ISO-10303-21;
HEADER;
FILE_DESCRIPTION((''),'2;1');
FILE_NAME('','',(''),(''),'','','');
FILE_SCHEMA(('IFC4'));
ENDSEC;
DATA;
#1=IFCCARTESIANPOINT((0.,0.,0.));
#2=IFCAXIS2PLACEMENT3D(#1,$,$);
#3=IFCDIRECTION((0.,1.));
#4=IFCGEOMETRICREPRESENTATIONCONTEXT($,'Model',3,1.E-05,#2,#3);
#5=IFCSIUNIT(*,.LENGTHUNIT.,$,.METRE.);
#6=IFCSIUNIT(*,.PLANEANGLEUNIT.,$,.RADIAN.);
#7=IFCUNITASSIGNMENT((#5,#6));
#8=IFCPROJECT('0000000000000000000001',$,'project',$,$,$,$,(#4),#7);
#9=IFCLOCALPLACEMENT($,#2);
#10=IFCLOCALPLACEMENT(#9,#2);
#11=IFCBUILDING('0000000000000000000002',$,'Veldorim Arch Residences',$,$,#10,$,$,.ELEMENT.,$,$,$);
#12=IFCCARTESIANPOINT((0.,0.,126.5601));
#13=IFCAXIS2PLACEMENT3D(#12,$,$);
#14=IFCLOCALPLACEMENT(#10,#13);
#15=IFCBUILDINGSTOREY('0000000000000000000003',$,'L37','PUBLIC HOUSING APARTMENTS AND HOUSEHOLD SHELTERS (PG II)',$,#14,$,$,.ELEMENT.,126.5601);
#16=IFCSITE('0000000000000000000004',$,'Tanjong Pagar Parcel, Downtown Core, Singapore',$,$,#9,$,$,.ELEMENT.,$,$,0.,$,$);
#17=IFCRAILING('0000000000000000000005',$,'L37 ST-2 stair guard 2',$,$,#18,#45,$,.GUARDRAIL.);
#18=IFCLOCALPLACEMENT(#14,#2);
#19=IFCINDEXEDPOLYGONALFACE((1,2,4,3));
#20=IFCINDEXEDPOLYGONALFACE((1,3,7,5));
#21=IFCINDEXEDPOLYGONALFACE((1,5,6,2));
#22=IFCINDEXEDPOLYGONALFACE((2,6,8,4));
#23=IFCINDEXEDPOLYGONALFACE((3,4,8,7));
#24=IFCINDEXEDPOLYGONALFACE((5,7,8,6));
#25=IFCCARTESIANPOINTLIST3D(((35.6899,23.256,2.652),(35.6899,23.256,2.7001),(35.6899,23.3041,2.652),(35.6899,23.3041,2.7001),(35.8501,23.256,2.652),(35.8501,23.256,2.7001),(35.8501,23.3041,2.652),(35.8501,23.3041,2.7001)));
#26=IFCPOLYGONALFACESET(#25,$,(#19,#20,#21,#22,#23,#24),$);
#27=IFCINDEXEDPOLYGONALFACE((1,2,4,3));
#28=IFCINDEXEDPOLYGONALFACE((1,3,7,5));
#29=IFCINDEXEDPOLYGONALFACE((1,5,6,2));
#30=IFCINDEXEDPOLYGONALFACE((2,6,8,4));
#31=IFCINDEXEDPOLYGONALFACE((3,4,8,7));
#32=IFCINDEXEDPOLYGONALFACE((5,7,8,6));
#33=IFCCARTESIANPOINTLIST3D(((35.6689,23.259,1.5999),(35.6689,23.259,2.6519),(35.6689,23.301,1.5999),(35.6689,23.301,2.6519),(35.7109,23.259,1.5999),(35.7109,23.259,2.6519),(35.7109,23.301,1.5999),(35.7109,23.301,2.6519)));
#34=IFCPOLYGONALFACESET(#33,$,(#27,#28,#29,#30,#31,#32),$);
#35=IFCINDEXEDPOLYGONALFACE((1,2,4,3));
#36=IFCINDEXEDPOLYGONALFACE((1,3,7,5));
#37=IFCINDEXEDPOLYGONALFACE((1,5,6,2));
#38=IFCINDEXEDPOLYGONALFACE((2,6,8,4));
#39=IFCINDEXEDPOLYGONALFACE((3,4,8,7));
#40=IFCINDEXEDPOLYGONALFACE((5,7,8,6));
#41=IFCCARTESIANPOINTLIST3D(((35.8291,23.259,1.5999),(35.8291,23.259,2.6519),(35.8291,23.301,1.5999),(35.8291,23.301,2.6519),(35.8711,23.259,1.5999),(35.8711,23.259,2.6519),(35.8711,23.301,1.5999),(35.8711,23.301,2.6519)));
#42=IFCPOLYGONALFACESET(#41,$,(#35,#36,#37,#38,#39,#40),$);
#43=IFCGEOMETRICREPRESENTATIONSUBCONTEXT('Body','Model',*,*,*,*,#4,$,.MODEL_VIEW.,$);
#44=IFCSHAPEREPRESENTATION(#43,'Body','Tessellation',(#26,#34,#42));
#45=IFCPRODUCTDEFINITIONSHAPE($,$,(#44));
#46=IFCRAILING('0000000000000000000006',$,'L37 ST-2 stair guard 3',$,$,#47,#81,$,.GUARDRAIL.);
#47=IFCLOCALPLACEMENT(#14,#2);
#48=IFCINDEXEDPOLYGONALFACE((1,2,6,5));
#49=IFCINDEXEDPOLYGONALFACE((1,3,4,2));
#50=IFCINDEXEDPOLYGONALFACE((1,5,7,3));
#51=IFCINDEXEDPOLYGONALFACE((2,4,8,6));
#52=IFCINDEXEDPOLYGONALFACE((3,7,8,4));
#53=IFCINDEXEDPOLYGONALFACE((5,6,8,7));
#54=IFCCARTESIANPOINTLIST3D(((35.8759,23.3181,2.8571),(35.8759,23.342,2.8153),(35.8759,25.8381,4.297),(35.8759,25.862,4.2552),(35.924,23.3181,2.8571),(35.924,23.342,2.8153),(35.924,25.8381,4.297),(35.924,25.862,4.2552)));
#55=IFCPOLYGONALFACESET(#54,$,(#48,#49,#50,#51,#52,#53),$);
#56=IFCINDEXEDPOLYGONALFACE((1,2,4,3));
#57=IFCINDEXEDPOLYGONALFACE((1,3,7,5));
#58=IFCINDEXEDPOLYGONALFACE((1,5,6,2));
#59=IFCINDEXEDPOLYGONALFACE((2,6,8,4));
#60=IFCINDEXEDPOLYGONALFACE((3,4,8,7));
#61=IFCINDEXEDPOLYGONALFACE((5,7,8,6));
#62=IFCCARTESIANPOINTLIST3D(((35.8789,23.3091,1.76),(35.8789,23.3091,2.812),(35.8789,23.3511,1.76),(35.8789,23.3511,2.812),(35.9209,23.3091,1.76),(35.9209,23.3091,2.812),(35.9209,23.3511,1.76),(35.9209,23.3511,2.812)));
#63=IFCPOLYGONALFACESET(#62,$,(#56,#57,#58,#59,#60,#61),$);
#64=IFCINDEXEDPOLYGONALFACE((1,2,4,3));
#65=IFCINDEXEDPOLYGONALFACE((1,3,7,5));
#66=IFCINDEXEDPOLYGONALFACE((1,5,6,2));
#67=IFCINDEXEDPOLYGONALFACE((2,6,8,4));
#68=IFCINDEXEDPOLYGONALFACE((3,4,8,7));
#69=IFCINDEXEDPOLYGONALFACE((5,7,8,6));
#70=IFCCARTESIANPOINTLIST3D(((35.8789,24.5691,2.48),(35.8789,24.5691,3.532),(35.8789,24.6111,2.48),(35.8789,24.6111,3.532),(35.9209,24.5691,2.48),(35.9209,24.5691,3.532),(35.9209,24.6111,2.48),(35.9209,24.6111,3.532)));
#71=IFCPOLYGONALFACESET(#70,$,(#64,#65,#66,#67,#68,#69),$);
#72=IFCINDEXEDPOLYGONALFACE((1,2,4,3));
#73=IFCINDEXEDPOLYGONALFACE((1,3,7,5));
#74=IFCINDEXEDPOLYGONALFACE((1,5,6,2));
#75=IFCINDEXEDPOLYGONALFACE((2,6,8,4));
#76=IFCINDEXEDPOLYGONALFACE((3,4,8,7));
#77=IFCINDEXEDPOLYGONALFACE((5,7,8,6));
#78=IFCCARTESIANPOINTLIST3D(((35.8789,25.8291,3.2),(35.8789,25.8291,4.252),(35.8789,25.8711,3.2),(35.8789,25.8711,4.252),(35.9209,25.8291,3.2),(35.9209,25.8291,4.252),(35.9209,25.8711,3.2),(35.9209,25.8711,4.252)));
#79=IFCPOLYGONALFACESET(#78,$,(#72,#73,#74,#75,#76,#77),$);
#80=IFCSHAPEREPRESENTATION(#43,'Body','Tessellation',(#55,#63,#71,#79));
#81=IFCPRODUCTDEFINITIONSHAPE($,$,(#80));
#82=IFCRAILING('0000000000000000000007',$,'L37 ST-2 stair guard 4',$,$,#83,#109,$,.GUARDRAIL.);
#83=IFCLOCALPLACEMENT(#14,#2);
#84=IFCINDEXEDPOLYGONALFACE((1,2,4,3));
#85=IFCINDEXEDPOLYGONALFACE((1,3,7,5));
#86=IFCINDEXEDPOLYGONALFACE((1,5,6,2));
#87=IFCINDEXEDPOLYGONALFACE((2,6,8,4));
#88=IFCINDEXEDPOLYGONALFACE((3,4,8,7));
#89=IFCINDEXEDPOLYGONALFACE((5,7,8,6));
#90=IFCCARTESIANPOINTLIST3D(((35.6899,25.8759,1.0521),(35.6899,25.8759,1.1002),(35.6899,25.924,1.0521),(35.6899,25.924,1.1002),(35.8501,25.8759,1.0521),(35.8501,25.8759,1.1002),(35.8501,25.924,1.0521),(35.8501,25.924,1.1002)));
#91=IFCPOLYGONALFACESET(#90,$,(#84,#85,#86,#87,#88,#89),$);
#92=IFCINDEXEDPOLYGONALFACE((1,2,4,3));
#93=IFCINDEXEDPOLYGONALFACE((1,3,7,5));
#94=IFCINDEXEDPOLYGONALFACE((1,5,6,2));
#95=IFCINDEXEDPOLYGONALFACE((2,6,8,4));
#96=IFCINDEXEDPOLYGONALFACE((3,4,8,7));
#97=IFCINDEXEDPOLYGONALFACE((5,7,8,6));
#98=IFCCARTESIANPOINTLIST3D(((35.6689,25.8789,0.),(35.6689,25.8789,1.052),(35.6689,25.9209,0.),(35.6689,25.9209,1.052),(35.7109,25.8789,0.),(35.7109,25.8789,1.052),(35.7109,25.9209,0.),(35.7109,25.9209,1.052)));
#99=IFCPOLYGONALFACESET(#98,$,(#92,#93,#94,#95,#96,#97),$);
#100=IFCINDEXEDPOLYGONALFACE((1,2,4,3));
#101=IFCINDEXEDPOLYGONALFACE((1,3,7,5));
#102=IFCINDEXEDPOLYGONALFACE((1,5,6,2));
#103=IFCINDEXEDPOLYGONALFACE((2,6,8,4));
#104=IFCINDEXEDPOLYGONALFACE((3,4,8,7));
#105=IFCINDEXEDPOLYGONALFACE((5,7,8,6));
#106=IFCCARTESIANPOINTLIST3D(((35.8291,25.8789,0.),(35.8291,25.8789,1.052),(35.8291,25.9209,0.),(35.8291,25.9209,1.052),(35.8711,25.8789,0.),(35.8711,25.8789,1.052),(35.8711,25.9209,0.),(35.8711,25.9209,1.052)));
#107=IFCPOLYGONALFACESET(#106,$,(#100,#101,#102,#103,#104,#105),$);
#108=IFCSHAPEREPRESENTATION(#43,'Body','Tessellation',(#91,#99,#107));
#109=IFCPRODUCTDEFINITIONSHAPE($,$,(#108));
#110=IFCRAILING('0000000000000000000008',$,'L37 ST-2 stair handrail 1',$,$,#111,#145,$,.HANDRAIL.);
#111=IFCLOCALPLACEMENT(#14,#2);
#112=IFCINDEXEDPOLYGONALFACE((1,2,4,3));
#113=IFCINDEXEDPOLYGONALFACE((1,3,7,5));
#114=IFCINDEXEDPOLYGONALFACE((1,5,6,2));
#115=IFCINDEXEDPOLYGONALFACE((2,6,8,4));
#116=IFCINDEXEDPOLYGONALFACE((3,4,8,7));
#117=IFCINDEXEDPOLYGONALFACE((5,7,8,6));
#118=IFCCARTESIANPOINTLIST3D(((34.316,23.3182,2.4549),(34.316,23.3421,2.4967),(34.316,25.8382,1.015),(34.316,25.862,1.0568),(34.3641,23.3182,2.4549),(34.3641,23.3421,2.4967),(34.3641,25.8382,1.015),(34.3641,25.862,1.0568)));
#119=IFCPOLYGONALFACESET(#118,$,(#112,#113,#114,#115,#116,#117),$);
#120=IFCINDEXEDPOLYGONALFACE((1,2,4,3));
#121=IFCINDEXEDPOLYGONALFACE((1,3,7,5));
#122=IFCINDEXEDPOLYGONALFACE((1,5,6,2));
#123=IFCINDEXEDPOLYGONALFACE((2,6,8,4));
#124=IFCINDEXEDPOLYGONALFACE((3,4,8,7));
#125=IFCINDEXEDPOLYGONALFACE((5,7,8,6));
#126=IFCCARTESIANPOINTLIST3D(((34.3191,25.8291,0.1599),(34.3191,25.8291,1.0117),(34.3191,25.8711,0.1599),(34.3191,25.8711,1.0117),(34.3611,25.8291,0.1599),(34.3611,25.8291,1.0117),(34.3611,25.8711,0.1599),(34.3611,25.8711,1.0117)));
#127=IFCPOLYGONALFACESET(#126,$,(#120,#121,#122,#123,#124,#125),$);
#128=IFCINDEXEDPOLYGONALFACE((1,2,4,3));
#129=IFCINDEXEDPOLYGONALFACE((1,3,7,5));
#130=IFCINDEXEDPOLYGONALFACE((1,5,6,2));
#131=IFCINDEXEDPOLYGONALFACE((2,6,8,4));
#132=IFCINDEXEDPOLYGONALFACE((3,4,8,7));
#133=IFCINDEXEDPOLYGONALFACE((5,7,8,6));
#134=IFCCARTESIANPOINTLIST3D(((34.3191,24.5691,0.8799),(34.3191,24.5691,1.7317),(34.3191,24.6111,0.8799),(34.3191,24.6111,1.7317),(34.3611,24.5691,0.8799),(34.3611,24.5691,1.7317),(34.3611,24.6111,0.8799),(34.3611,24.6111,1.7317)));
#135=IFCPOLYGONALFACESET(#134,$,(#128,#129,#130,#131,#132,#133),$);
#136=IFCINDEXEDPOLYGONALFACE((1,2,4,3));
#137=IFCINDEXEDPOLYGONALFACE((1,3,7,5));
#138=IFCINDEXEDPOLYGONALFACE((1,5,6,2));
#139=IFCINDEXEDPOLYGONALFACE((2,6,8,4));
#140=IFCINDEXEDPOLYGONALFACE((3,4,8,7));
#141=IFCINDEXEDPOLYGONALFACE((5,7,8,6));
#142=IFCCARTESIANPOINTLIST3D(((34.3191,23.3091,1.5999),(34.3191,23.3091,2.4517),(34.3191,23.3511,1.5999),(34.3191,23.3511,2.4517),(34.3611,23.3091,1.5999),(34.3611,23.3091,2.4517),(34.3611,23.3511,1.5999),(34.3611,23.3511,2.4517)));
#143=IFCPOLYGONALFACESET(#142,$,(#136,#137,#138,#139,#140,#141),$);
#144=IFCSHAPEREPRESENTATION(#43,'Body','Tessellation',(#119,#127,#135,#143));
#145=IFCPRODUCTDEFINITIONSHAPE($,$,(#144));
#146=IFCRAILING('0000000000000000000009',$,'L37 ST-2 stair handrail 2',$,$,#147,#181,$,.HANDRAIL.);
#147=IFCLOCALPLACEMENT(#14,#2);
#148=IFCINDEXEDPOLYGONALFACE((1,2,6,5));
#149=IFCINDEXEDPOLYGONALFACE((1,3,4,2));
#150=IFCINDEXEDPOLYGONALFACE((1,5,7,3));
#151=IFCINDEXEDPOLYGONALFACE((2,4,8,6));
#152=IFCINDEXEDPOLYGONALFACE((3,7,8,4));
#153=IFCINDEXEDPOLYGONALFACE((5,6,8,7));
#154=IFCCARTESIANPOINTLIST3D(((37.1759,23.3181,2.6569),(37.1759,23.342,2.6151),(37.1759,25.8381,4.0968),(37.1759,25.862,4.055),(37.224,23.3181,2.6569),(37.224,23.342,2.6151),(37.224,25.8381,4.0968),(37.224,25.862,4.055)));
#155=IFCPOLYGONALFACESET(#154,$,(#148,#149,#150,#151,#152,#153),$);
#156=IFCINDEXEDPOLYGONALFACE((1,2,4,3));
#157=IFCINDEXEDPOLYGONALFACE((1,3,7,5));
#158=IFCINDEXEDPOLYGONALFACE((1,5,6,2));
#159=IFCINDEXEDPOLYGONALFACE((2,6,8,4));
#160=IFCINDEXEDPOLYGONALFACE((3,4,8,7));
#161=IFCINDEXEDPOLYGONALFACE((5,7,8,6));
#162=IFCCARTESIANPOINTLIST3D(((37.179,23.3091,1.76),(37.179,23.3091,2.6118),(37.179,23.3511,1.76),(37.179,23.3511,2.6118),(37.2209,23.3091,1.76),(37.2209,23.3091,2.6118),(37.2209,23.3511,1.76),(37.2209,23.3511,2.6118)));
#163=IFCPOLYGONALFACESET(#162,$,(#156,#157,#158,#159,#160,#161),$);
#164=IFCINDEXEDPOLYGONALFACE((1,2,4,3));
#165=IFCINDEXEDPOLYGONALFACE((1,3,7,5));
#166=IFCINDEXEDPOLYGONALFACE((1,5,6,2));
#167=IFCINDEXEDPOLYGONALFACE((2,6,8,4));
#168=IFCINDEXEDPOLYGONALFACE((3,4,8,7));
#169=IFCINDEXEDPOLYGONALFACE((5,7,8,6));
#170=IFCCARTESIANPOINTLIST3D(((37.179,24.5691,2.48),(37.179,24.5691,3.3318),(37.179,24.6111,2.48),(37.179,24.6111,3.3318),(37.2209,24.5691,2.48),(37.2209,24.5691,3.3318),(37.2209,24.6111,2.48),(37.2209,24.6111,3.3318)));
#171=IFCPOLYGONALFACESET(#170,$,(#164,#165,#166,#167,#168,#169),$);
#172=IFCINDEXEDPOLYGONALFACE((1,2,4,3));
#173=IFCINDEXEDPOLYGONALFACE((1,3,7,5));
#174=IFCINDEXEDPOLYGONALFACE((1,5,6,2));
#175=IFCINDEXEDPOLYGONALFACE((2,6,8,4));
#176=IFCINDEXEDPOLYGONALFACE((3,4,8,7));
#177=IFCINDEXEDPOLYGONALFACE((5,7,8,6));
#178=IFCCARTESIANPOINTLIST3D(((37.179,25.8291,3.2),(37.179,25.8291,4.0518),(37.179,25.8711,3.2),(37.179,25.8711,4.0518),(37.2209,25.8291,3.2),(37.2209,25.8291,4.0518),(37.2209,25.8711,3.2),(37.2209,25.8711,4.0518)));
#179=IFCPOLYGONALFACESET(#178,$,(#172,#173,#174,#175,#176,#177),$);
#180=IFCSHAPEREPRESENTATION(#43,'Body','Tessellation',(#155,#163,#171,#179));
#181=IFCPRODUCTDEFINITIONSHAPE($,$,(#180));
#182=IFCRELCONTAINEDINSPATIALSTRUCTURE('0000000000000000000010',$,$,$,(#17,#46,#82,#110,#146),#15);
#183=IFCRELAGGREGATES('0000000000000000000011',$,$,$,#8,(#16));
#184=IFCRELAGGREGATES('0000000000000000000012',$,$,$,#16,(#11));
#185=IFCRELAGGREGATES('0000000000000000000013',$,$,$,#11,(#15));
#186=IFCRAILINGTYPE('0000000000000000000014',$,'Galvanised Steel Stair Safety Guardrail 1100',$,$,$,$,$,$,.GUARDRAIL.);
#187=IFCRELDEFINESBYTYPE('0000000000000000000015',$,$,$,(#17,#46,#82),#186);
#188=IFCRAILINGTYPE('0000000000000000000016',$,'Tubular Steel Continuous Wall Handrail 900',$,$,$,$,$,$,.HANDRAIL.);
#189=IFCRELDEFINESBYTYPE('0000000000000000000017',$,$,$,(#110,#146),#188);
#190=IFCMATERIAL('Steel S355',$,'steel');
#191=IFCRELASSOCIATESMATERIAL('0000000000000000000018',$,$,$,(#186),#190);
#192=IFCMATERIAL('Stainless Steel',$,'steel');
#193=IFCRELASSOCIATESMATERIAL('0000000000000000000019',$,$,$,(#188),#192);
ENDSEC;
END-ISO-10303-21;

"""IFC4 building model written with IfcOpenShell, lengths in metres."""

from ifc_helpers import new_model, si_unit, direction, frame, origin, origin_2d, place, context, subcontext, project, spatial, rectangle, extrude, material, type_object, element, save


model = new_model("IFC4")

# Units and contexts
model_context = context("Model", 3, precision=1e-05, world=origin(), true_north=direction((0.0, 1.0)))
body_context = subcontext(model_context, "Body", "Model", "MODEL_VIEW")
ifc_project = project(units=[si_unit("LENGTHUNIT", "METRE"), si_unit("PLANEANGLEUNIT", "RADIAN")], contexts=[model_context])

# Site, building, storey
site_placement = place(None, origin())
site = spatial("IfcSite", under=ifc_project, at=site_placement, Name="Tanjong Pagar Parcel, Downtown Core, Singapore", CompositionType="ELEMENT", RefElevation=0.0)
building_placement = place(site_placement, origin())
building = spatial("IfcBuilding", under=site, at=building_placement, Name="Veldorim Arch Residences", CompositionType="ELEMENT")
storey_placement = place(building_placement, frame((0.0, 0.0, 126.5601)))
storey = spatial("IfcBuildingStorey", under=building, at=storey_placement, Name="L37", Description="PUBLIC HOUSING APARTMENTS AND HOUSEHOLD SHELTERS (PG II)", CompositionType="ELEMENT", Elevation=126.5601)

# Railings
ifc_material_1 = material(Name="Steel S355", Category="steel")
railing_type_1 = type_object("IfcRailingType", Name="Galvanised Steel Stair Safety Guardrail 1100", PredefinedType="GUARDRAIL", material=ifc_material_1)
railing_1_placement = place(storey_placement, frame((35.6899, 23.28, 1.5999)))
element("IfcRailing", 1, at=railing_1_placement, inside=storey, type_object=railing_type_1, Name="L37 ST-2 stair guard 2", PredefinedType="GUARDRAIL", context=body_context, shape_type="SweptSolid", body=[
    extrude(rectangle(XDim=0.0481, YDim=0.0481, at=origin_2d()), frame((0.0, 0.0, 1.0762), z_axis=(1.0, 0.0, 0.0), x_axis=(0.0, 1.0, 0.0)), (0.0, 0.0, 1.0), 0.1602),
    extrude(rectangle(XDim=0.042, YDim=0.042, at=origin_2d()), origin(), (0.0, 0.0, 1.0), 1.052),
    extrude(rectangle(XDim=0.042, YDim=0.042, at=origin_2d()), frame((0.1602, 0.0, 0.0)), (0.0, 0.0, 1.0), 1.052),
])
railing_2_placement = place(storey_placement, frame((35.8999, 23.3301, 1.76)))
element("IfcRailing", 2, at=railing_2_placement, inside=storey, type_object=railing_type_1, Name="L37 ST-2 stair guard 3", PredefinedType="GUARDRAIL", context=body_context, shape_type="SweptSolid", body=[
    extrude(rectangle(XDim=0.0481, YDim=0.0481, at=origin_2d()), frame((0.0, 0.0, 1.0762), z_axis=(0.0, 0.868253, 0.496121), x_axis=(-1.0, 0.0, 0.0)), (0.0, 0.0, 1.0), 2.9023),
    extrude(rectangle(XDim=0.042, YDim=0.042, at=origin_2d()), origin(), (0.0, 0.0, 1.0), 1.052),
    extrude(rectangle(XDim=0.042, YDim=0.042, at=origin_2d()), frame((0.0, 1.26, 0.72)), (0.0, 0.0, 1.0), 1.052),
    extrude(rectangle(XDim=0.042, YDim=0.042, at=origin_2d()), frame((0.0, 2.52, 1.4399)), (0.0, 0.0, 1.0), 1.052),
])
railing_3_placement = place(storey_placement, frame((35.6899, 25.8999, 0.0)))
element("IfcRailing", 3, at=railing_3_placement, inside=storey, type_object=railing_type_1, Name="L37 ST-2 stair guard 4", PredefinedType="GUARDRAIL", context=body_context, shape_type="SweptSolid", body=[
    extrude(rectangle(XDim=0.0481, YDim=0.0481, at=origin_2d()), frame((0.0, 0.0, 1.0762), z_axis=(1.0, 0.0, 0.0), x_axis=(0.0, 1.0, 0.0)), (0.0, 0.0, 1.0), 0.1602),
    extrude(rectangle(XDim=0.042, YDim=0.042, at=origin_2d()), origin(), (0.0, 0.0, 1.0), 1.052),
    extrude(rectangle(XDim=0.042, YDim=0.042, at=origin_2d()), frame((0.1602, 0.0, 0.0)), (0.0, 0.0, 1.0), 1.052),
])
ifc_material_2 = material(Name="Stainless Steel", Category="steel")
railing_type_2 = type_object("IfcRailingType", Name="Tubular Steel Continuous Wall Handrail 900", PredefinedType="HANDRAIL", material=ifc_material_2)
railing_4_placement = place(storey_placement, frame((34.3401, 25.8501, 0.1599)))
element("IfcRailing", 4, at=railing_4_placement, inside=storey, type_object=railing_type_2, Name="L37 ST-2 stair handrail 1", PredefinedType="HANDRAIL", context=body_context, shape_type="SweptSolid", body=[
    extrude(rectangle(XDim=0.0481, YDim=0.0481, at=origin_2d()), frame((0.0, 0.0, 0.876), z_axis=(0.0, -0.868253, 0.496121), x_axis=(1.0, 0.0, 0.0)), (0.0, 0.0, 1.0), 2.9023),
    extrude(rectangle(XDim=0.042, YDim=0.042, at=origin_2d()), origin(), (0.0, 0.0, 1.0), 0.8518),
    extrude(rectangle(XDim=0.042, YDim=0.042, at=origin_2d()), frame((0.0, -1.26, 0.72)), (0.0, 0.0, 1.0), 0.8518),
    extrude(rectangle(XDim=0.042, YDim=0.042, at=origin_2d()), frame((0.0, -2.52, 1.4399)), (0.0, 0.0, 1.0), 0.8518),
])
railing_5_placement = place(storey_placement, frame((37.2, 23.3301, 1.76)))
element("IfcRailing", 5, at=railing_5_placement, inside=storey, type_object=railing_type_2, Name="L37 ST-2 stair handrail 2", PredefinedType="HANDRAIL", context=body_context, shape_type="SweptSolid", body=[
    extrude(rectangle(XDim=0.0481, YDim=0.0481, at=origin_2d()), frame((0.0, 0.0, 0.876), z_axis=(0.0, 0.868253, 0.496121), x_axis=(-1.0, 0.0, 0.0)), (0.0, 0.0, 1.0), 2.9023),
    extrude(rectangle(XDim=0.042, YDim=0.042, at=origin_2d()), origin(), (0.0, 0.0, 1.0), 0.8518),
    extrude(rectangle(XDim=0.042, YDim=0.042, at=origin_2d()), frame((0.0, 1.26, 0.72)), (0.0, 0.0, 1.0), 0.8518),
    extrude(rectangle(XDim=0.042, YDim=0.042, at=origin_2d()), frame((0.0, 2.52, 1.4399)), (0.0, 0.0, 1.0), 0.8518),
])

save(model, "model.ifc")
